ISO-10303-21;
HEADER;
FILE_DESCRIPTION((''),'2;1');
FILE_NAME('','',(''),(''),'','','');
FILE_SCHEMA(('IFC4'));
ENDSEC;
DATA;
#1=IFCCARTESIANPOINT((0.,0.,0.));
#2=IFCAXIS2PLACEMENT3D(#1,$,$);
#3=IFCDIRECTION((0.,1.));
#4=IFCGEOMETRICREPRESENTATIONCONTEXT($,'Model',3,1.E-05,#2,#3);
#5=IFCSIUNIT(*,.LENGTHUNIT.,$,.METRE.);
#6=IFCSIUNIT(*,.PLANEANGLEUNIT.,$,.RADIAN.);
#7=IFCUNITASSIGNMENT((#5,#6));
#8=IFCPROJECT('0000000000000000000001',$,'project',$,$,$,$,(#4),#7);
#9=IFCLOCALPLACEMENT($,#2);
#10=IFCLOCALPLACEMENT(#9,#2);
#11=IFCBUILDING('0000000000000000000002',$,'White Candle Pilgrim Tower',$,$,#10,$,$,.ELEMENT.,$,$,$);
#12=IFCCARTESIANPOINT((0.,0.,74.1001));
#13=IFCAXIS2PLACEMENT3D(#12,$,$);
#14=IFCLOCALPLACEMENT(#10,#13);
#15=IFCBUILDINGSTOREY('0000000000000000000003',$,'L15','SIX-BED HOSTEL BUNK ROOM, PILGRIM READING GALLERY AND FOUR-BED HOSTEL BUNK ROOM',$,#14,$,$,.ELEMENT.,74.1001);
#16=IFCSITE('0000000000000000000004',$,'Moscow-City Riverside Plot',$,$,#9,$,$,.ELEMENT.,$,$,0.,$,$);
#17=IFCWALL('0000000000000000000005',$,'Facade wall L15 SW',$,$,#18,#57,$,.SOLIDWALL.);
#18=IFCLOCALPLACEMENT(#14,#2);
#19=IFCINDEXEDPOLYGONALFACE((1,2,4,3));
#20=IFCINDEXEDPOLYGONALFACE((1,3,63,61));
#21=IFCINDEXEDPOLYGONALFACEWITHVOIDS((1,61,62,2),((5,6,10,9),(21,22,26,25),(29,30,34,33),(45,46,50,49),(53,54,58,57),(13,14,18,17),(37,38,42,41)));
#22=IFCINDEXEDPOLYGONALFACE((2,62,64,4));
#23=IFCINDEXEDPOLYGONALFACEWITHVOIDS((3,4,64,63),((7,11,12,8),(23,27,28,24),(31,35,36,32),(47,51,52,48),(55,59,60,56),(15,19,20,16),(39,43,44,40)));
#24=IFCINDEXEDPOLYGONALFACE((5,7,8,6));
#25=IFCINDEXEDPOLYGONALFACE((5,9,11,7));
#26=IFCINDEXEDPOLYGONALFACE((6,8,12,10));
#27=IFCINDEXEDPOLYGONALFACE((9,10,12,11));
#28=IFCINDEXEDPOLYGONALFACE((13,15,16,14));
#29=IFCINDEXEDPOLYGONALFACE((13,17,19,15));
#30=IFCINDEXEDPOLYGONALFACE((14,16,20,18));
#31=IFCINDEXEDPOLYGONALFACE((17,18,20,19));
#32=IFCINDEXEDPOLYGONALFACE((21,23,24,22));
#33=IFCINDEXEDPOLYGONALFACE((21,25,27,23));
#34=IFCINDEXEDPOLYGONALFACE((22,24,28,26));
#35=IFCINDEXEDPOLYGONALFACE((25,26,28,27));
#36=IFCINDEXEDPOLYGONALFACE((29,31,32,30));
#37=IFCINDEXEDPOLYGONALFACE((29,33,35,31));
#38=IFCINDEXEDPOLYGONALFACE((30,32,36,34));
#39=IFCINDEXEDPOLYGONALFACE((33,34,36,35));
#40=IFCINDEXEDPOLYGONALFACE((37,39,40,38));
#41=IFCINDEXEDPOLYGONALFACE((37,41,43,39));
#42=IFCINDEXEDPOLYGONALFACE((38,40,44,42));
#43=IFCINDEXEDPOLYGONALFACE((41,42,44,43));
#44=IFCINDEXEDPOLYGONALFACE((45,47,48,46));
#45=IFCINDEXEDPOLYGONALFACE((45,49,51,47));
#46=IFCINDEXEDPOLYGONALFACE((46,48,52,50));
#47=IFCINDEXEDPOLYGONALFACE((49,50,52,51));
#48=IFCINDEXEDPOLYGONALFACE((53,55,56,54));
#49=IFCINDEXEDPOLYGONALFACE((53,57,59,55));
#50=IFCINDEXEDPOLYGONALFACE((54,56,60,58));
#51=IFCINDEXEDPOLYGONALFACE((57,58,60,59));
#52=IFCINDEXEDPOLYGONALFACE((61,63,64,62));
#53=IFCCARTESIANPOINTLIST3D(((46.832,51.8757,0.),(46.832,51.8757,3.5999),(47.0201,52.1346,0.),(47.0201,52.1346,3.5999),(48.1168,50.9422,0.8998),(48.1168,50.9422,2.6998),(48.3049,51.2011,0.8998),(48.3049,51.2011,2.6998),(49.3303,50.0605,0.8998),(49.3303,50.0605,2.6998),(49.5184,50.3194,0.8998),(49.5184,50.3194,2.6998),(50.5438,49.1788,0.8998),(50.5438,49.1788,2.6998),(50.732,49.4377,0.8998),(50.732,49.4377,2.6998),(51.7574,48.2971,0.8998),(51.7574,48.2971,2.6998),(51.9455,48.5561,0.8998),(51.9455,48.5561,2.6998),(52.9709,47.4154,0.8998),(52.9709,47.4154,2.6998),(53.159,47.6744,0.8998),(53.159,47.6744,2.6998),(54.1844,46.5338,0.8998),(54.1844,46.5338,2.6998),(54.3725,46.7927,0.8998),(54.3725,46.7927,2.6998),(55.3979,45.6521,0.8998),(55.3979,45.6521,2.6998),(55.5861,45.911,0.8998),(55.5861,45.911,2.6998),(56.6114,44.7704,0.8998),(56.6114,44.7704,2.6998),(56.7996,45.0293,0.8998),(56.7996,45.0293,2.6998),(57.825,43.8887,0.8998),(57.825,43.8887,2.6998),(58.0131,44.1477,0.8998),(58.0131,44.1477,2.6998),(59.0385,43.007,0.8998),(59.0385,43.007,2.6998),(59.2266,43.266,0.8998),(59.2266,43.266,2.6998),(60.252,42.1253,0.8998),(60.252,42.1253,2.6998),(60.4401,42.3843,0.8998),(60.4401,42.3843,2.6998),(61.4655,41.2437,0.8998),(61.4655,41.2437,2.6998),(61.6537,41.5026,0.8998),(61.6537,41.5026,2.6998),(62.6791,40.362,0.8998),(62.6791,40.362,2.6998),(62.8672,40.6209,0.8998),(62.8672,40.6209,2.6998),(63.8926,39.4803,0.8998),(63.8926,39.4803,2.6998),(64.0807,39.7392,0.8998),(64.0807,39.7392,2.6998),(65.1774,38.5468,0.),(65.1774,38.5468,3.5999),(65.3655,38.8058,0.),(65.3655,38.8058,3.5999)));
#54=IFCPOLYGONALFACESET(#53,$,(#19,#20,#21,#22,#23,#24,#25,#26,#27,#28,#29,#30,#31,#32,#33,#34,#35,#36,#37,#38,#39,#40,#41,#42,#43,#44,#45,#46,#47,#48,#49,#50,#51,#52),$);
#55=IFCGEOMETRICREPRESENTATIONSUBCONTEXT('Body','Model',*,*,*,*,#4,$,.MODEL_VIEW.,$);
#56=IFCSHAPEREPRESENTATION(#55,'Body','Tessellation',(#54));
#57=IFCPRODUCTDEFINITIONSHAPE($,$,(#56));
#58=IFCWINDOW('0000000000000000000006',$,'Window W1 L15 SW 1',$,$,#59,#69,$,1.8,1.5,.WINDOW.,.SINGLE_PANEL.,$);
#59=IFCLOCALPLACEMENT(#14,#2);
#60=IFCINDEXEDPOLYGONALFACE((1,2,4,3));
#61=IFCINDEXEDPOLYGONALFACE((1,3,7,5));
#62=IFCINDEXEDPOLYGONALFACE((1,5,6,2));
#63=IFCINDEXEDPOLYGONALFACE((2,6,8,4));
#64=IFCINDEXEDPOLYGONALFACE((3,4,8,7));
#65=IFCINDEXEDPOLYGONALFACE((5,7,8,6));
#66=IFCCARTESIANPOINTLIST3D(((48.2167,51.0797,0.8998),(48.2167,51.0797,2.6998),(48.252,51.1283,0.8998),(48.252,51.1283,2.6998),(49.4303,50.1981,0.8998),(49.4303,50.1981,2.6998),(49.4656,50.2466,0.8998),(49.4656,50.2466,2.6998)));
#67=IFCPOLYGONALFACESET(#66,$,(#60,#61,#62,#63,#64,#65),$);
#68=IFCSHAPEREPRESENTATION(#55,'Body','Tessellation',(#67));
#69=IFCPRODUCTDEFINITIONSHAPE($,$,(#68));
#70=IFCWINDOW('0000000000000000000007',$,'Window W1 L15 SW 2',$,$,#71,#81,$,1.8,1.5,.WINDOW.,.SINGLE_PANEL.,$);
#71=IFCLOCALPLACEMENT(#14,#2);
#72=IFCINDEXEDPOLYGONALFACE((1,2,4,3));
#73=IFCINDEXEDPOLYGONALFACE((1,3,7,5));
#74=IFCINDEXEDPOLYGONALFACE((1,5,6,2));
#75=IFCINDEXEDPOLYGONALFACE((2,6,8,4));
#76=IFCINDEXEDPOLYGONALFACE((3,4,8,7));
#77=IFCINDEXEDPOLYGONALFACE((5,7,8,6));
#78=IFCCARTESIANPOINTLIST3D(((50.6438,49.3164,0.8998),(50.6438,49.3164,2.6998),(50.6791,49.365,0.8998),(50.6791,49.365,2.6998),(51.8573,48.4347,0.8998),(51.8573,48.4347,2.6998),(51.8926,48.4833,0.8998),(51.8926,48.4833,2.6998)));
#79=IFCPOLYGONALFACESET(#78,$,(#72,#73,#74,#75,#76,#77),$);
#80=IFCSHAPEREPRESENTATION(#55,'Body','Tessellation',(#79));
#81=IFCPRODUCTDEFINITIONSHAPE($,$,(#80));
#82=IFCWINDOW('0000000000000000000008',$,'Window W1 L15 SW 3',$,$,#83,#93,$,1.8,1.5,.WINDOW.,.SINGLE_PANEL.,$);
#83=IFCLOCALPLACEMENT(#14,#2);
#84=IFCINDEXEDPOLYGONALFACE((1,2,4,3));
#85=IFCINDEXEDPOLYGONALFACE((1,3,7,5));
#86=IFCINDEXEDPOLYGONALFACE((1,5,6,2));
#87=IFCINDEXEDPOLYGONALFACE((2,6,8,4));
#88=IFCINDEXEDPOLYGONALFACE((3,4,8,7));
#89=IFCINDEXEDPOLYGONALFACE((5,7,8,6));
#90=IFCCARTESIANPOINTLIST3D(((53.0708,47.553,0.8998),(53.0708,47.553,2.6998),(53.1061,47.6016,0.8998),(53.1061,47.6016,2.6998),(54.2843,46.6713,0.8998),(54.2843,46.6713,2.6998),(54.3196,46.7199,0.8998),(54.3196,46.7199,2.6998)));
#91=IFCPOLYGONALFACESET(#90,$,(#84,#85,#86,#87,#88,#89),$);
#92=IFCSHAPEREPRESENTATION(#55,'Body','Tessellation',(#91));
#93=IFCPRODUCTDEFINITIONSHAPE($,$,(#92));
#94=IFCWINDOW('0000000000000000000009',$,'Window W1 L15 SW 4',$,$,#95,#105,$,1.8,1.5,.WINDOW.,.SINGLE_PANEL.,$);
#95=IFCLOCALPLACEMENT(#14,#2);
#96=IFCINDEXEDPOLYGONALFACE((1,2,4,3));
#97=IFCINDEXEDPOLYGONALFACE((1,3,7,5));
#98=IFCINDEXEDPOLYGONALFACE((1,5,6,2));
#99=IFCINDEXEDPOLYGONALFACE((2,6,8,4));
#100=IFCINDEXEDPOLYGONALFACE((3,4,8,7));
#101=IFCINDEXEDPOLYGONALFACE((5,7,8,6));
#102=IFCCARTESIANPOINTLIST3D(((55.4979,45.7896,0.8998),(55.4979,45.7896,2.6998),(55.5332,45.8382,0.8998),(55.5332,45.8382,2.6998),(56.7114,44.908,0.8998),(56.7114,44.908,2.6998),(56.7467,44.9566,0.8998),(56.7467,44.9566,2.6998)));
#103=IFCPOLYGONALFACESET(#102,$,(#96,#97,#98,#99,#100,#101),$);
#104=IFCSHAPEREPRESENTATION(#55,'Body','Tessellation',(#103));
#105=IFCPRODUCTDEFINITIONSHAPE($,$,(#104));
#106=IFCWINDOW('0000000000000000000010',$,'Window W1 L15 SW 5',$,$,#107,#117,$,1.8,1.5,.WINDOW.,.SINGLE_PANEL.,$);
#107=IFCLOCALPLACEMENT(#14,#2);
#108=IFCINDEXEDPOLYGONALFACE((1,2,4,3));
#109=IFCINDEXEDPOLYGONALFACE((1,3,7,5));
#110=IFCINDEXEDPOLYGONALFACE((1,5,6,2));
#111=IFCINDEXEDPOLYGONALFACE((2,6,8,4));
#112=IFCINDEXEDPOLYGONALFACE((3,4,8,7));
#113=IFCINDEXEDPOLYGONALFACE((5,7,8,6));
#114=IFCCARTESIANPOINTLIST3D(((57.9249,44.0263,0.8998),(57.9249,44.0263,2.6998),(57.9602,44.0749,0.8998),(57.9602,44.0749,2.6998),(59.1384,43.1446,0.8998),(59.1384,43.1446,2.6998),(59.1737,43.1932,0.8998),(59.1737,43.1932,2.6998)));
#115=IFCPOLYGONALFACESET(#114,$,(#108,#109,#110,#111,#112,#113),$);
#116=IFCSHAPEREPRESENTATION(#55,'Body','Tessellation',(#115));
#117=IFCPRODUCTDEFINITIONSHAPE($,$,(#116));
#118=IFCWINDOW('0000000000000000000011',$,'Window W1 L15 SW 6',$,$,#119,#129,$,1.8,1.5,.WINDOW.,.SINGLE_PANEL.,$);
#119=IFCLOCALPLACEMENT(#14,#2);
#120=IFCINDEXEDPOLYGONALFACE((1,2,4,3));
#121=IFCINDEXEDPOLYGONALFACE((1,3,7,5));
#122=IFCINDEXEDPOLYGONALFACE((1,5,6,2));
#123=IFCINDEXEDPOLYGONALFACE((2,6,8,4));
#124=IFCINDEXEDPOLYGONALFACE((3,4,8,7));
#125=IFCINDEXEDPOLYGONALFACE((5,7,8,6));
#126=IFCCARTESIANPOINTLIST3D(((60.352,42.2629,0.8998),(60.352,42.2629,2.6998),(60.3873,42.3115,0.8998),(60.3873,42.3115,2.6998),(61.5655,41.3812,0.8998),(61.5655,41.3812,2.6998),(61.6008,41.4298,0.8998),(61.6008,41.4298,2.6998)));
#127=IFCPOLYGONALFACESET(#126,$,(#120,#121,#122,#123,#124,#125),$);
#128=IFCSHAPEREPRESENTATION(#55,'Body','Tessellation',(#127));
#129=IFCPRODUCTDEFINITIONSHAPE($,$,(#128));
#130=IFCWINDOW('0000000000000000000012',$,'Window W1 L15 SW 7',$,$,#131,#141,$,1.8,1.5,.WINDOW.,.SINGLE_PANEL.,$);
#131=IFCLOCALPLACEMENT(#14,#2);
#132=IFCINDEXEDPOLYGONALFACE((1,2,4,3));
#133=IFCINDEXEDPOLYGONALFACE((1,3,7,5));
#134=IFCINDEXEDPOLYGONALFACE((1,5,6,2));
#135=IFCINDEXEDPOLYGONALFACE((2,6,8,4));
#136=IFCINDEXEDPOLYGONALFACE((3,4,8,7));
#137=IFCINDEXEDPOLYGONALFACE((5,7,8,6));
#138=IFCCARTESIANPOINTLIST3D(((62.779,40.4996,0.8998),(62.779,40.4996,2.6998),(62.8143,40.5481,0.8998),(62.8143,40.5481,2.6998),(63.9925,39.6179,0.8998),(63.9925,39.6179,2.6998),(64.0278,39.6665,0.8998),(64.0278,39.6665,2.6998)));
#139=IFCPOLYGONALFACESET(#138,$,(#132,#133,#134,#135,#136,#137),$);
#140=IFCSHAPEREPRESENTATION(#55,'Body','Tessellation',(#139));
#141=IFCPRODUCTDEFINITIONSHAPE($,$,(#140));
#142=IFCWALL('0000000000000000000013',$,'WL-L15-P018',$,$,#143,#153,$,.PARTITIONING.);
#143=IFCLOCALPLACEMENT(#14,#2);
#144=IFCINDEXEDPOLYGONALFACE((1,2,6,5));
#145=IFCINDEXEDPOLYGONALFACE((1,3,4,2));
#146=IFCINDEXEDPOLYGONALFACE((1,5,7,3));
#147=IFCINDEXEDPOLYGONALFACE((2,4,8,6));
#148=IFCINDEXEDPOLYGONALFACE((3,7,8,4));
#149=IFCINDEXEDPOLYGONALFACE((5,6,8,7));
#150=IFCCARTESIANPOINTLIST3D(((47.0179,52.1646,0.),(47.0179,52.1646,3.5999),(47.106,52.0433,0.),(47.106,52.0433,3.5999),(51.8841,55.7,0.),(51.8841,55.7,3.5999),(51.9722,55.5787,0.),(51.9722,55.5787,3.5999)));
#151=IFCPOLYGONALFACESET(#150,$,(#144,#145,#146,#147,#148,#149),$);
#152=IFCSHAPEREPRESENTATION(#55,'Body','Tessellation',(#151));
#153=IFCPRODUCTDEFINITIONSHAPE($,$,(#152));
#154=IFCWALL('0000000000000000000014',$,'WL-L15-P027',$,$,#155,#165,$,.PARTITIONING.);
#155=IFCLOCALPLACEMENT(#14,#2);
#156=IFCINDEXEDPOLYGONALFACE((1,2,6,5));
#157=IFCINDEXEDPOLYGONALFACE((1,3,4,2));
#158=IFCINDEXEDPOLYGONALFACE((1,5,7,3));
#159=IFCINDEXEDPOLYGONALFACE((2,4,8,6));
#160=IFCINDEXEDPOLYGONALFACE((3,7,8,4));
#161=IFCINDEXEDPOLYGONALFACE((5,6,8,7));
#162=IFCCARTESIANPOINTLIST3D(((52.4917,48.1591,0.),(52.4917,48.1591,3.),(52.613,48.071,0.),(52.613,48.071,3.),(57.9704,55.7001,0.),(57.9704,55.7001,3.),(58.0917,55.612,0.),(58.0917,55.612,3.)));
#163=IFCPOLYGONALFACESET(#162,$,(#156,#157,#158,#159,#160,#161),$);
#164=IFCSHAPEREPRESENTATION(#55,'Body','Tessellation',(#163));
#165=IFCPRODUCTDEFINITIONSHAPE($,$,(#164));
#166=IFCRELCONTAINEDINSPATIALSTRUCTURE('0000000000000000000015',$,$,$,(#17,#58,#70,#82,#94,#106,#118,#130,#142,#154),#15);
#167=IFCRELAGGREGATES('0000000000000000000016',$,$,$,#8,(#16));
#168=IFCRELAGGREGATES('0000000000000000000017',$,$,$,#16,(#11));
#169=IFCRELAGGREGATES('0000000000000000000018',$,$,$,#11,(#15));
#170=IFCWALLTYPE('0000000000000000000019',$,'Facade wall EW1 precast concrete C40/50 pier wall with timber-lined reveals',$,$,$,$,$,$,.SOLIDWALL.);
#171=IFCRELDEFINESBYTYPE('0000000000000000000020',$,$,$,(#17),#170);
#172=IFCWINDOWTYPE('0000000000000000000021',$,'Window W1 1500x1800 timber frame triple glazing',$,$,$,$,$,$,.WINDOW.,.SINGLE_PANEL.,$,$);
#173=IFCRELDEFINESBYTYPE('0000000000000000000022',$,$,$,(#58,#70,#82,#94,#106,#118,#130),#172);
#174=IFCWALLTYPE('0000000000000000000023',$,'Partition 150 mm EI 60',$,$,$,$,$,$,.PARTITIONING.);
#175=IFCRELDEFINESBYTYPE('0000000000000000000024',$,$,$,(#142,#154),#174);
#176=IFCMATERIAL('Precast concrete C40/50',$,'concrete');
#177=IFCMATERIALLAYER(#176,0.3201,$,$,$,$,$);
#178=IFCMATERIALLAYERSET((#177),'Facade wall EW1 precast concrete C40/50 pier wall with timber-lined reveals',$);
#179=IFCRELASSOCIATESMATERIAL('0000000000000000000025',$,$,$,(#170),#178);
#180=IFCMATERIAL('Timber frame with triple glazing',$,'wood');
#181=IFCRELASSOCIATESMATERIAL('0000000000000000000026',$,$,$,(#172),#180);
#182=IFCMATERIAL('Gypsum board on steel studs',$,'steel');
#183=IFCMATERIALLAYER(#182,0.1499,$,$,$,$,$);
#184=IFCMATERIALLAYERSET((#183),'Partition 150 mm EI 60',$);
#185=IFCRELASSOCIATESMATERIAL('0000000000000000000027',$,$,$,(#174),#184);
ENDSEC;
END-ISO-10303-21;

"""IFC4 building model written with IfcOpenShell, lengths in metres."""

from ifc_helpers import new_model, si_unit, direction, frame, frame_2d, origin, place, context, subcontext, project, spatial, rectangle, extrude, material, layer, layer_set, type_object, element, fill, save


model = new_model("IFC4")

# Units and contexts
model_context = context("Model", 3, precision=1e-05, world=origin(), true_north=direction((0.0, 1.0)))
body_context = subcontext(model_context, "Body", "Model", "MODEL_VIEW")
ifc_project = project(units=[si_unit("LENGTHUNIT", "METRE"), si_unit("PLANEANGLEUNIT", "RADIAN")], contexts=[model_context])

# Site, building, storey
site_placement = place(None, origin())
site = spatial("IfcSite", under=ifc_project, at=site_placement, Name="Moscow-City Riverside Plot", CompositionType="ELEMENT", RefElevation=0.0)
building_placement = place(site_placement, origin())
building = spatial("IfcBuilding", under=site, at=building_placement, Name="White Candle Pilgrim Tower", CompositionType="ELEMENT")
storey_placement = place(building_placement, frame((0.0, 0.0, 74.1001)))
storey = spatial("IfcBuildingStorey", under=building, at=storey_placement, Name="L15", Description="SIX-BED HOSTEL BUNK ROOM, PILGRIM READING GALLERY AND FOUR-BED HOSTEL BUNK ROOM", CompositionType="ELEMENT", Elevation=74.1001)

# Shared definitions
ifc_material_1 = material(Name="Gypsum board on steel studs", Category="steel")

# Wall, openings, windows
ifc_material_2 = material(Name="Precast concrete C40/50", Category="concrete")
ifc_layer_1 = layer(ifc_material_2, 0.3201)
ifc_layer_set_1 = layer_set([ifc_layer_1], Name="Facade wall EW1 precast concrete C40/50 pier wall with timber-lined reveals")
wall_type_1 = type_object("IfcWallType", Name="Facade wall EW1 precast concrete C40/50 pier wall with timber-lined reveals", PredefinedType="SOLIDWALL", material=ifc_layer_set_1)
ifc_material_3 = material(Name="Timber frame with triple glazing", Category="wood")
wall_1_placement = place(storey_placement, frame((46.926, 52.0051, 0.0), z_axis=(0.0, 0.0, 1.0), x_axis=(0.809015, -0.587788, 0.0)))
wall_1 = element("IfcWall", 1, at=wall_1_placement, inside=storey, type_object=wall_type_1, Name="Facade wall L15 SW", PredefinedType="SOLIDWALL", context=body_context, shape_type="SweptSolid", body=[
    extrude(rectangle(XDim=22.6763, YDim=0.3201, at=frame_2d((11.3381, 0.0))), origin(), (0.0, 0.0, 1.0), 3.5999),
])
opening_1_placement = place(wall_1_placement, frame((1.5881, 0.0, 0.8999)))
opening_1 = element("IfcOpeningElement", 2, at=opening_1_placement, cuts=wall_1, PredefinedType="OPENING", context=body_context, shape_type="SweptSolid", body=[
    extrude(rectangle(XDim=1.5, YDim=1.8, at=frame_2d((0.75, 0.8999))), frame((0.0, 0.1699, 0.0), z_axis=(0.0, -1.0, 0.0), x_axis=(1.0, 0.0, 0.0)), (0.0, 0.0, 1.0), 0.3401),
])
opening_2_placement = place(wall_1_placement, frame((4.5881, 0.0, 0.8999)))
opening_2 = element("IfcOpeningElement", 3, at=opening_2_placement, cuts=wall_1, PredefinedType="OPENING", context=body_context, shape_type="SweptSolid", body=[
    extrude(rectangle(XDim=1.5, YDim=1.8, at=frame_2d((0.75, 0.8999))), frame((0.0, 0.1699, 0.0), z_axis=(0.0, -1.0, 0.0), x_axis=(1.0, 0.0, 0.0)), (0.0, 0.0, 1.0), 0.3401),
])
opening_3_placement = place(wall_1_placement, frame((7.5881, 0.0, 0.8999)))
opening_3 = element("IfcOpeningElement", 4, at=opening_3_placement, cuts=wall_1, PredefinedType="OPENING", context=body_context, shape_type="SweptSolid", body=[
    extrude(rectangle(XDim=1.5, YDim=1.8, at=frame_2d((0.75, 0.8999))), frame((0.0, 0.1699, 0.0), z_axis=(0.0, -1.0, 0.0), x_axis=(1.0, 0.0, 0.0)), (0.0, 0.0, 1.0), 0.3401),
])
opening_4_placement = place(wall_1_placement, frame((10.5881, 0.0, 0.8999)))
opening_4 = element("IfcOpeningElement", 5, at=opening_4_placement, cuts=wall_1, PredefinedType="OPENING", context=body_context, shape_type="SweptSolid", body=[
    extrude(rectangle(XDim=1.5, YDim=1.8, at=frame_2d((0.75, 0.8999))), frame((0.0, 0.1699, 0.0), z_axis=(0.0, -1.0, 0.0), x_axis=(1.0, 0.0, 0.0)), (0.0, 0.0, 1.0), 0.3401),
])
opening_5_placement = place(wall_1_placement, frame((13.5881, 0.0, 0.8999)))
opening_5 = element("IfcOpeningElement", 6, at=opening_5_placement, cuts=wall_1, PredefinedType="OPENING", context=body_context, shape_type="SweptSolid", body=[
    extrude(rectangle(XDim=1.5, YDim=1.8, at=frame_2d((0.75, 0.8999))), frame((0.0, 0.1699, 0.0), z_axis=(0.0, -1.0, 0.0), x_axis=(1.0, 0.0, 0.0)), (0.0, 0.0, 1.0), 0.3401),
])
opening_6_placement = place(wall_1_placement, frame((16.5881, 0.0, 0.8999)))
opening_6 = element("IfcOpeningElement", 7, at=opening_6_placement, cuts=wall_1, PredefinedType="OPENING", context=body_context, shape_type="SweptSolid", body=[
    extrude(rectangle(XDim=1.5, YDim=1.8, at=frame_2d((0.75, 0.8999))), frame((0.0, 0.1699, 0.0), z_axis=(0.0, -1.0, 0.0), x_axis=(1.0, 0.0, 0.0)), (0.0, 0.0, 1.0), 0.3401),
])
opening_7_placement = place(wall_1_placement, frame((19.5881, 0.0, 0.8999)))
opening_7 = element("IfcOpeningElement", 8, at=opening_7_placement, cuts=wall_1, PredefinedType="OPENING", context=body_context, shape_type="SweptSolid", body=[
    extrude(rectangle(XDim=1.5, YDim=1.8, at=frame_2d((0.75, 0.8999))), frame((0.0, 0.1699, 0.0), z_axis=(0.0, -1.0, 0.0), x_axis=(1.0, 0.0, 0.0)), (0.0, 0.0, 1.0), 0.3401),
])
window_type_1 = type_object("IfcWindowType", Name="Window W1 1500x1800 timber frame triple glazing", PartitioningType="SINGLE_PANEL", PredefinedType="WINDOW", material=ifc_material_3)
window_1_placement = place(opening_1_placement, origin())
window_1 = element("IfcWindow", 9, at=window_1_placement, inside=storey, type_object=window_type_1, Name="Window W1 L15 SW 1", OverallHeight=1.8, OverallWidth=1.5, PartitioningType="SINGLE_PANEL", PredefinedType="WINDOW", context=body_context, shape_type="SweptSolid", body=[
    extrude(rectangle(XDim=1.5, YDim=1.8, at=frame_2d((0.75, 0.8999))), frame((0.0, 0.0701, 0.0), z_axis=(0.0, -1.0, 0.0), x_axis=(1.0, 0.0, 0.0)), (0.0, 0.0, 1.0), 0.0601),
])
fill(opening_1, window_1)
window_2_placement = place(opening_2_placement, origin())
window_2 = element("IfcWindow", 10, at=window_2_placement, inside=storey, type_object=window_type_1, Name="Window W1 L15 SW 2", OverallHeight=1.8, OverallWidth=1.5, PartitioningType="SINGLE_PANEL", PredefinedType="WINDOW", context=body_context, shape_type="SweptSolid", body=[
    extrude(rectangle(XDim=1.5, YDim=1.8, at=frame_2d((0.75, 0.8999))), frame((0.0, 0.0701, 0.0), z_axis=(0.0, -1.0, 0.0), x_axis=(1.0, 0.0, 0.0)), (0.0, 0.0, 1.0), 0.0601),
])
fill(opening_2, window_2)
window_3_placement = place(opening_3_placement, origin())
window_3 = element("IfcWindow", 11, at=window_3_placement, inside=storey, type_object=window_type_1, Name="Window W1 L15 SW 3", OverallHeight=1.8, OverallWidth=1.5, PartitioningType="SINGLE_PANEL", PredefinedType="WINDOW", context=body_context, shape_type="SweptSolid", body=[
    extrude(rectangle(XDim=1.5, YDim=1.8, at=frame_2d((0.75, 0.8999))), frame((0.0, 0.0701, 0.0), z_axis=(0.0, -1.0, 0.0), x_axis=(1.0, 0.0, 0.0)), (0.0, 0.0, 1.0), 0.0601),
])
fill(opening_3, window_3)
window_4_placement = place(opening_4_placement, origin())
window_4 = element("IfcWindow", 12, at=window_4_placement, inside=storey, type_object=window_type_1, Name="Window W1 L15 SW 4", OverallHeight=1.8, OverallWidth=1.5, PartitioningType="SINGLE_PANEL", PredefinedType="WINDOW", context=body_context, shape_type="SweptSolid", body=[
    extrude(rectangle(XDim=1.5, YDim=1.8, at=frame_2d((0.75, 0.8999))), frame((0.0, 0.0701, 0.0), z_axis=(0.0, -1.0, 0.0), x_axis=(1.0, 0.0, 0.0)), (0.0, 0.0, 1.0), 0.0601),
])
fill(opening_4, window_4)
window_5_placement = place(opening_5_placement, origin())
window_5 = element("IfcWindow", 13, at=window_5_placement, inside=storey, type_object=window_type_1, Name="Window W1 L15 SW 5", OverallHeight=1.8, OverallWidth=1.5, PartitioningType="SINGLE_PANEL", PredefinedType="WINDOW", context=body_context, shape_type="SweptSolid", body=[
    extrude(rectangle(XDim=1.5, YDim=1.8, at=frame_2d((0.75, 0.8999))), frame((0.0, 0.0701, 0.0), z_axis=(0.0, -1.0, 0.0), x_axis=(1.0, 0.0, 0.0)), (0.0, 0.0, 1.0), 0.0601),
])
fill(opening_5, window_5)
window_6_placement = place(opening_6_placement, origin())
window_6 = element("IfcWindow", 14, at=window_6_placement, inside=storey, type_object=window_type_1, Name="Window W1 L15 SW 6", OverallHeight=1.8, OverallWidth=1.5, PartitioningType="SINGLE_PANEL", PredefinedType="WINDOW", context=body_context, shape_type="SweptSolid", body=[
    extrude(rectangle(XDim=1.5, YDim=1.8, at=frame_2d((0.75, 0.8999))), frame((0.0, 0.0701, 0.0), z_axis=(0.0, -1.0, 0.0), x_axis=(1.0, 0.0, 0.0)), (0.0, 0.0, 1.0), 0.0601),
])
fill(opening_6, window_6)
window_7_placement = place(opening_7_placement, origin())
window_7 = element("IfcWindow", 15, at=window_7_placement, inside=storey, type_object=window_type_1, Name="Window W1 L15 SW 7", OverallHeight=1.8, OverallWidth=1.5, PartitioningType="SINGLE_PANEL", PredefinedType="WINDOW", context=body_context, shape_type="SweptSolid", body=[
    extrude(rectangle(XDim=1.5, YDim=1.8, at=frame_2d((0.75, 0.8999))), frame((0.0, 0.0701, 0.0), z_axis=(0.0, -1.0, 0.0), x_axis=(1.0, 0.0, 0.0)), (0.0, 0.0, 1.0), 0.0601),
])
fill(opening_7, window_7)

# Walls
ifc_layer_2 = layer(ifc_material_1, 0.1499)
ifc_layer_set_2 = layer_set([ifc_layer_2], Name="Partition 150 mm EI 60")
wall_type_2 = type_object("IfcWallType", Name="Partition 150 mm EI 60", PredefinedType="PARTITIONING", material=ifc_layer_set_2)
wall_2_placement = place(storey_placement, frame((47.062, 52.104, 0.0), z_axis=(0.0, 0.0, 1.0), x_axis=(0.809026, 0.587773, 0.0)))
element("IfcWall", 16, at=wall_2_placement, inside=storey, type_object=wall_type_2, Name="WL-L15-P018", PredefinedType="PARTITIONING", context=body_context, shape_type="SweptSolid", body=[
    extrude(rectangle(XDim=6.0149, YDim=0.1499, at=frame_2d((3.0073, 0.0))), origin(), (0.0, 0.0, 1.0), 3.5999),
])
wall_3_placement = place(storey_placement, frame((52.5522, 48.115, 0.0), z_axis=(0.0, 0.0, 1.0), x_axis=(0.587778, 0.809023, 0.0)))
element("IfcWall", 17, at=wall_3_placement, inside=storey, type_object=wall_type_2, Name="WL-L15-P027", PredefinedType="PARTITIONING", context=body_context, shape_type="SweptSolid", body=[
    extrude(rectangle(XDim=9.321, YDim=0.1499, at=frame_2d((4.6606, 0.0))), origin(), (0.0, 0.0, 1.0), 3.0),
])

save(model, "model.ifc")
